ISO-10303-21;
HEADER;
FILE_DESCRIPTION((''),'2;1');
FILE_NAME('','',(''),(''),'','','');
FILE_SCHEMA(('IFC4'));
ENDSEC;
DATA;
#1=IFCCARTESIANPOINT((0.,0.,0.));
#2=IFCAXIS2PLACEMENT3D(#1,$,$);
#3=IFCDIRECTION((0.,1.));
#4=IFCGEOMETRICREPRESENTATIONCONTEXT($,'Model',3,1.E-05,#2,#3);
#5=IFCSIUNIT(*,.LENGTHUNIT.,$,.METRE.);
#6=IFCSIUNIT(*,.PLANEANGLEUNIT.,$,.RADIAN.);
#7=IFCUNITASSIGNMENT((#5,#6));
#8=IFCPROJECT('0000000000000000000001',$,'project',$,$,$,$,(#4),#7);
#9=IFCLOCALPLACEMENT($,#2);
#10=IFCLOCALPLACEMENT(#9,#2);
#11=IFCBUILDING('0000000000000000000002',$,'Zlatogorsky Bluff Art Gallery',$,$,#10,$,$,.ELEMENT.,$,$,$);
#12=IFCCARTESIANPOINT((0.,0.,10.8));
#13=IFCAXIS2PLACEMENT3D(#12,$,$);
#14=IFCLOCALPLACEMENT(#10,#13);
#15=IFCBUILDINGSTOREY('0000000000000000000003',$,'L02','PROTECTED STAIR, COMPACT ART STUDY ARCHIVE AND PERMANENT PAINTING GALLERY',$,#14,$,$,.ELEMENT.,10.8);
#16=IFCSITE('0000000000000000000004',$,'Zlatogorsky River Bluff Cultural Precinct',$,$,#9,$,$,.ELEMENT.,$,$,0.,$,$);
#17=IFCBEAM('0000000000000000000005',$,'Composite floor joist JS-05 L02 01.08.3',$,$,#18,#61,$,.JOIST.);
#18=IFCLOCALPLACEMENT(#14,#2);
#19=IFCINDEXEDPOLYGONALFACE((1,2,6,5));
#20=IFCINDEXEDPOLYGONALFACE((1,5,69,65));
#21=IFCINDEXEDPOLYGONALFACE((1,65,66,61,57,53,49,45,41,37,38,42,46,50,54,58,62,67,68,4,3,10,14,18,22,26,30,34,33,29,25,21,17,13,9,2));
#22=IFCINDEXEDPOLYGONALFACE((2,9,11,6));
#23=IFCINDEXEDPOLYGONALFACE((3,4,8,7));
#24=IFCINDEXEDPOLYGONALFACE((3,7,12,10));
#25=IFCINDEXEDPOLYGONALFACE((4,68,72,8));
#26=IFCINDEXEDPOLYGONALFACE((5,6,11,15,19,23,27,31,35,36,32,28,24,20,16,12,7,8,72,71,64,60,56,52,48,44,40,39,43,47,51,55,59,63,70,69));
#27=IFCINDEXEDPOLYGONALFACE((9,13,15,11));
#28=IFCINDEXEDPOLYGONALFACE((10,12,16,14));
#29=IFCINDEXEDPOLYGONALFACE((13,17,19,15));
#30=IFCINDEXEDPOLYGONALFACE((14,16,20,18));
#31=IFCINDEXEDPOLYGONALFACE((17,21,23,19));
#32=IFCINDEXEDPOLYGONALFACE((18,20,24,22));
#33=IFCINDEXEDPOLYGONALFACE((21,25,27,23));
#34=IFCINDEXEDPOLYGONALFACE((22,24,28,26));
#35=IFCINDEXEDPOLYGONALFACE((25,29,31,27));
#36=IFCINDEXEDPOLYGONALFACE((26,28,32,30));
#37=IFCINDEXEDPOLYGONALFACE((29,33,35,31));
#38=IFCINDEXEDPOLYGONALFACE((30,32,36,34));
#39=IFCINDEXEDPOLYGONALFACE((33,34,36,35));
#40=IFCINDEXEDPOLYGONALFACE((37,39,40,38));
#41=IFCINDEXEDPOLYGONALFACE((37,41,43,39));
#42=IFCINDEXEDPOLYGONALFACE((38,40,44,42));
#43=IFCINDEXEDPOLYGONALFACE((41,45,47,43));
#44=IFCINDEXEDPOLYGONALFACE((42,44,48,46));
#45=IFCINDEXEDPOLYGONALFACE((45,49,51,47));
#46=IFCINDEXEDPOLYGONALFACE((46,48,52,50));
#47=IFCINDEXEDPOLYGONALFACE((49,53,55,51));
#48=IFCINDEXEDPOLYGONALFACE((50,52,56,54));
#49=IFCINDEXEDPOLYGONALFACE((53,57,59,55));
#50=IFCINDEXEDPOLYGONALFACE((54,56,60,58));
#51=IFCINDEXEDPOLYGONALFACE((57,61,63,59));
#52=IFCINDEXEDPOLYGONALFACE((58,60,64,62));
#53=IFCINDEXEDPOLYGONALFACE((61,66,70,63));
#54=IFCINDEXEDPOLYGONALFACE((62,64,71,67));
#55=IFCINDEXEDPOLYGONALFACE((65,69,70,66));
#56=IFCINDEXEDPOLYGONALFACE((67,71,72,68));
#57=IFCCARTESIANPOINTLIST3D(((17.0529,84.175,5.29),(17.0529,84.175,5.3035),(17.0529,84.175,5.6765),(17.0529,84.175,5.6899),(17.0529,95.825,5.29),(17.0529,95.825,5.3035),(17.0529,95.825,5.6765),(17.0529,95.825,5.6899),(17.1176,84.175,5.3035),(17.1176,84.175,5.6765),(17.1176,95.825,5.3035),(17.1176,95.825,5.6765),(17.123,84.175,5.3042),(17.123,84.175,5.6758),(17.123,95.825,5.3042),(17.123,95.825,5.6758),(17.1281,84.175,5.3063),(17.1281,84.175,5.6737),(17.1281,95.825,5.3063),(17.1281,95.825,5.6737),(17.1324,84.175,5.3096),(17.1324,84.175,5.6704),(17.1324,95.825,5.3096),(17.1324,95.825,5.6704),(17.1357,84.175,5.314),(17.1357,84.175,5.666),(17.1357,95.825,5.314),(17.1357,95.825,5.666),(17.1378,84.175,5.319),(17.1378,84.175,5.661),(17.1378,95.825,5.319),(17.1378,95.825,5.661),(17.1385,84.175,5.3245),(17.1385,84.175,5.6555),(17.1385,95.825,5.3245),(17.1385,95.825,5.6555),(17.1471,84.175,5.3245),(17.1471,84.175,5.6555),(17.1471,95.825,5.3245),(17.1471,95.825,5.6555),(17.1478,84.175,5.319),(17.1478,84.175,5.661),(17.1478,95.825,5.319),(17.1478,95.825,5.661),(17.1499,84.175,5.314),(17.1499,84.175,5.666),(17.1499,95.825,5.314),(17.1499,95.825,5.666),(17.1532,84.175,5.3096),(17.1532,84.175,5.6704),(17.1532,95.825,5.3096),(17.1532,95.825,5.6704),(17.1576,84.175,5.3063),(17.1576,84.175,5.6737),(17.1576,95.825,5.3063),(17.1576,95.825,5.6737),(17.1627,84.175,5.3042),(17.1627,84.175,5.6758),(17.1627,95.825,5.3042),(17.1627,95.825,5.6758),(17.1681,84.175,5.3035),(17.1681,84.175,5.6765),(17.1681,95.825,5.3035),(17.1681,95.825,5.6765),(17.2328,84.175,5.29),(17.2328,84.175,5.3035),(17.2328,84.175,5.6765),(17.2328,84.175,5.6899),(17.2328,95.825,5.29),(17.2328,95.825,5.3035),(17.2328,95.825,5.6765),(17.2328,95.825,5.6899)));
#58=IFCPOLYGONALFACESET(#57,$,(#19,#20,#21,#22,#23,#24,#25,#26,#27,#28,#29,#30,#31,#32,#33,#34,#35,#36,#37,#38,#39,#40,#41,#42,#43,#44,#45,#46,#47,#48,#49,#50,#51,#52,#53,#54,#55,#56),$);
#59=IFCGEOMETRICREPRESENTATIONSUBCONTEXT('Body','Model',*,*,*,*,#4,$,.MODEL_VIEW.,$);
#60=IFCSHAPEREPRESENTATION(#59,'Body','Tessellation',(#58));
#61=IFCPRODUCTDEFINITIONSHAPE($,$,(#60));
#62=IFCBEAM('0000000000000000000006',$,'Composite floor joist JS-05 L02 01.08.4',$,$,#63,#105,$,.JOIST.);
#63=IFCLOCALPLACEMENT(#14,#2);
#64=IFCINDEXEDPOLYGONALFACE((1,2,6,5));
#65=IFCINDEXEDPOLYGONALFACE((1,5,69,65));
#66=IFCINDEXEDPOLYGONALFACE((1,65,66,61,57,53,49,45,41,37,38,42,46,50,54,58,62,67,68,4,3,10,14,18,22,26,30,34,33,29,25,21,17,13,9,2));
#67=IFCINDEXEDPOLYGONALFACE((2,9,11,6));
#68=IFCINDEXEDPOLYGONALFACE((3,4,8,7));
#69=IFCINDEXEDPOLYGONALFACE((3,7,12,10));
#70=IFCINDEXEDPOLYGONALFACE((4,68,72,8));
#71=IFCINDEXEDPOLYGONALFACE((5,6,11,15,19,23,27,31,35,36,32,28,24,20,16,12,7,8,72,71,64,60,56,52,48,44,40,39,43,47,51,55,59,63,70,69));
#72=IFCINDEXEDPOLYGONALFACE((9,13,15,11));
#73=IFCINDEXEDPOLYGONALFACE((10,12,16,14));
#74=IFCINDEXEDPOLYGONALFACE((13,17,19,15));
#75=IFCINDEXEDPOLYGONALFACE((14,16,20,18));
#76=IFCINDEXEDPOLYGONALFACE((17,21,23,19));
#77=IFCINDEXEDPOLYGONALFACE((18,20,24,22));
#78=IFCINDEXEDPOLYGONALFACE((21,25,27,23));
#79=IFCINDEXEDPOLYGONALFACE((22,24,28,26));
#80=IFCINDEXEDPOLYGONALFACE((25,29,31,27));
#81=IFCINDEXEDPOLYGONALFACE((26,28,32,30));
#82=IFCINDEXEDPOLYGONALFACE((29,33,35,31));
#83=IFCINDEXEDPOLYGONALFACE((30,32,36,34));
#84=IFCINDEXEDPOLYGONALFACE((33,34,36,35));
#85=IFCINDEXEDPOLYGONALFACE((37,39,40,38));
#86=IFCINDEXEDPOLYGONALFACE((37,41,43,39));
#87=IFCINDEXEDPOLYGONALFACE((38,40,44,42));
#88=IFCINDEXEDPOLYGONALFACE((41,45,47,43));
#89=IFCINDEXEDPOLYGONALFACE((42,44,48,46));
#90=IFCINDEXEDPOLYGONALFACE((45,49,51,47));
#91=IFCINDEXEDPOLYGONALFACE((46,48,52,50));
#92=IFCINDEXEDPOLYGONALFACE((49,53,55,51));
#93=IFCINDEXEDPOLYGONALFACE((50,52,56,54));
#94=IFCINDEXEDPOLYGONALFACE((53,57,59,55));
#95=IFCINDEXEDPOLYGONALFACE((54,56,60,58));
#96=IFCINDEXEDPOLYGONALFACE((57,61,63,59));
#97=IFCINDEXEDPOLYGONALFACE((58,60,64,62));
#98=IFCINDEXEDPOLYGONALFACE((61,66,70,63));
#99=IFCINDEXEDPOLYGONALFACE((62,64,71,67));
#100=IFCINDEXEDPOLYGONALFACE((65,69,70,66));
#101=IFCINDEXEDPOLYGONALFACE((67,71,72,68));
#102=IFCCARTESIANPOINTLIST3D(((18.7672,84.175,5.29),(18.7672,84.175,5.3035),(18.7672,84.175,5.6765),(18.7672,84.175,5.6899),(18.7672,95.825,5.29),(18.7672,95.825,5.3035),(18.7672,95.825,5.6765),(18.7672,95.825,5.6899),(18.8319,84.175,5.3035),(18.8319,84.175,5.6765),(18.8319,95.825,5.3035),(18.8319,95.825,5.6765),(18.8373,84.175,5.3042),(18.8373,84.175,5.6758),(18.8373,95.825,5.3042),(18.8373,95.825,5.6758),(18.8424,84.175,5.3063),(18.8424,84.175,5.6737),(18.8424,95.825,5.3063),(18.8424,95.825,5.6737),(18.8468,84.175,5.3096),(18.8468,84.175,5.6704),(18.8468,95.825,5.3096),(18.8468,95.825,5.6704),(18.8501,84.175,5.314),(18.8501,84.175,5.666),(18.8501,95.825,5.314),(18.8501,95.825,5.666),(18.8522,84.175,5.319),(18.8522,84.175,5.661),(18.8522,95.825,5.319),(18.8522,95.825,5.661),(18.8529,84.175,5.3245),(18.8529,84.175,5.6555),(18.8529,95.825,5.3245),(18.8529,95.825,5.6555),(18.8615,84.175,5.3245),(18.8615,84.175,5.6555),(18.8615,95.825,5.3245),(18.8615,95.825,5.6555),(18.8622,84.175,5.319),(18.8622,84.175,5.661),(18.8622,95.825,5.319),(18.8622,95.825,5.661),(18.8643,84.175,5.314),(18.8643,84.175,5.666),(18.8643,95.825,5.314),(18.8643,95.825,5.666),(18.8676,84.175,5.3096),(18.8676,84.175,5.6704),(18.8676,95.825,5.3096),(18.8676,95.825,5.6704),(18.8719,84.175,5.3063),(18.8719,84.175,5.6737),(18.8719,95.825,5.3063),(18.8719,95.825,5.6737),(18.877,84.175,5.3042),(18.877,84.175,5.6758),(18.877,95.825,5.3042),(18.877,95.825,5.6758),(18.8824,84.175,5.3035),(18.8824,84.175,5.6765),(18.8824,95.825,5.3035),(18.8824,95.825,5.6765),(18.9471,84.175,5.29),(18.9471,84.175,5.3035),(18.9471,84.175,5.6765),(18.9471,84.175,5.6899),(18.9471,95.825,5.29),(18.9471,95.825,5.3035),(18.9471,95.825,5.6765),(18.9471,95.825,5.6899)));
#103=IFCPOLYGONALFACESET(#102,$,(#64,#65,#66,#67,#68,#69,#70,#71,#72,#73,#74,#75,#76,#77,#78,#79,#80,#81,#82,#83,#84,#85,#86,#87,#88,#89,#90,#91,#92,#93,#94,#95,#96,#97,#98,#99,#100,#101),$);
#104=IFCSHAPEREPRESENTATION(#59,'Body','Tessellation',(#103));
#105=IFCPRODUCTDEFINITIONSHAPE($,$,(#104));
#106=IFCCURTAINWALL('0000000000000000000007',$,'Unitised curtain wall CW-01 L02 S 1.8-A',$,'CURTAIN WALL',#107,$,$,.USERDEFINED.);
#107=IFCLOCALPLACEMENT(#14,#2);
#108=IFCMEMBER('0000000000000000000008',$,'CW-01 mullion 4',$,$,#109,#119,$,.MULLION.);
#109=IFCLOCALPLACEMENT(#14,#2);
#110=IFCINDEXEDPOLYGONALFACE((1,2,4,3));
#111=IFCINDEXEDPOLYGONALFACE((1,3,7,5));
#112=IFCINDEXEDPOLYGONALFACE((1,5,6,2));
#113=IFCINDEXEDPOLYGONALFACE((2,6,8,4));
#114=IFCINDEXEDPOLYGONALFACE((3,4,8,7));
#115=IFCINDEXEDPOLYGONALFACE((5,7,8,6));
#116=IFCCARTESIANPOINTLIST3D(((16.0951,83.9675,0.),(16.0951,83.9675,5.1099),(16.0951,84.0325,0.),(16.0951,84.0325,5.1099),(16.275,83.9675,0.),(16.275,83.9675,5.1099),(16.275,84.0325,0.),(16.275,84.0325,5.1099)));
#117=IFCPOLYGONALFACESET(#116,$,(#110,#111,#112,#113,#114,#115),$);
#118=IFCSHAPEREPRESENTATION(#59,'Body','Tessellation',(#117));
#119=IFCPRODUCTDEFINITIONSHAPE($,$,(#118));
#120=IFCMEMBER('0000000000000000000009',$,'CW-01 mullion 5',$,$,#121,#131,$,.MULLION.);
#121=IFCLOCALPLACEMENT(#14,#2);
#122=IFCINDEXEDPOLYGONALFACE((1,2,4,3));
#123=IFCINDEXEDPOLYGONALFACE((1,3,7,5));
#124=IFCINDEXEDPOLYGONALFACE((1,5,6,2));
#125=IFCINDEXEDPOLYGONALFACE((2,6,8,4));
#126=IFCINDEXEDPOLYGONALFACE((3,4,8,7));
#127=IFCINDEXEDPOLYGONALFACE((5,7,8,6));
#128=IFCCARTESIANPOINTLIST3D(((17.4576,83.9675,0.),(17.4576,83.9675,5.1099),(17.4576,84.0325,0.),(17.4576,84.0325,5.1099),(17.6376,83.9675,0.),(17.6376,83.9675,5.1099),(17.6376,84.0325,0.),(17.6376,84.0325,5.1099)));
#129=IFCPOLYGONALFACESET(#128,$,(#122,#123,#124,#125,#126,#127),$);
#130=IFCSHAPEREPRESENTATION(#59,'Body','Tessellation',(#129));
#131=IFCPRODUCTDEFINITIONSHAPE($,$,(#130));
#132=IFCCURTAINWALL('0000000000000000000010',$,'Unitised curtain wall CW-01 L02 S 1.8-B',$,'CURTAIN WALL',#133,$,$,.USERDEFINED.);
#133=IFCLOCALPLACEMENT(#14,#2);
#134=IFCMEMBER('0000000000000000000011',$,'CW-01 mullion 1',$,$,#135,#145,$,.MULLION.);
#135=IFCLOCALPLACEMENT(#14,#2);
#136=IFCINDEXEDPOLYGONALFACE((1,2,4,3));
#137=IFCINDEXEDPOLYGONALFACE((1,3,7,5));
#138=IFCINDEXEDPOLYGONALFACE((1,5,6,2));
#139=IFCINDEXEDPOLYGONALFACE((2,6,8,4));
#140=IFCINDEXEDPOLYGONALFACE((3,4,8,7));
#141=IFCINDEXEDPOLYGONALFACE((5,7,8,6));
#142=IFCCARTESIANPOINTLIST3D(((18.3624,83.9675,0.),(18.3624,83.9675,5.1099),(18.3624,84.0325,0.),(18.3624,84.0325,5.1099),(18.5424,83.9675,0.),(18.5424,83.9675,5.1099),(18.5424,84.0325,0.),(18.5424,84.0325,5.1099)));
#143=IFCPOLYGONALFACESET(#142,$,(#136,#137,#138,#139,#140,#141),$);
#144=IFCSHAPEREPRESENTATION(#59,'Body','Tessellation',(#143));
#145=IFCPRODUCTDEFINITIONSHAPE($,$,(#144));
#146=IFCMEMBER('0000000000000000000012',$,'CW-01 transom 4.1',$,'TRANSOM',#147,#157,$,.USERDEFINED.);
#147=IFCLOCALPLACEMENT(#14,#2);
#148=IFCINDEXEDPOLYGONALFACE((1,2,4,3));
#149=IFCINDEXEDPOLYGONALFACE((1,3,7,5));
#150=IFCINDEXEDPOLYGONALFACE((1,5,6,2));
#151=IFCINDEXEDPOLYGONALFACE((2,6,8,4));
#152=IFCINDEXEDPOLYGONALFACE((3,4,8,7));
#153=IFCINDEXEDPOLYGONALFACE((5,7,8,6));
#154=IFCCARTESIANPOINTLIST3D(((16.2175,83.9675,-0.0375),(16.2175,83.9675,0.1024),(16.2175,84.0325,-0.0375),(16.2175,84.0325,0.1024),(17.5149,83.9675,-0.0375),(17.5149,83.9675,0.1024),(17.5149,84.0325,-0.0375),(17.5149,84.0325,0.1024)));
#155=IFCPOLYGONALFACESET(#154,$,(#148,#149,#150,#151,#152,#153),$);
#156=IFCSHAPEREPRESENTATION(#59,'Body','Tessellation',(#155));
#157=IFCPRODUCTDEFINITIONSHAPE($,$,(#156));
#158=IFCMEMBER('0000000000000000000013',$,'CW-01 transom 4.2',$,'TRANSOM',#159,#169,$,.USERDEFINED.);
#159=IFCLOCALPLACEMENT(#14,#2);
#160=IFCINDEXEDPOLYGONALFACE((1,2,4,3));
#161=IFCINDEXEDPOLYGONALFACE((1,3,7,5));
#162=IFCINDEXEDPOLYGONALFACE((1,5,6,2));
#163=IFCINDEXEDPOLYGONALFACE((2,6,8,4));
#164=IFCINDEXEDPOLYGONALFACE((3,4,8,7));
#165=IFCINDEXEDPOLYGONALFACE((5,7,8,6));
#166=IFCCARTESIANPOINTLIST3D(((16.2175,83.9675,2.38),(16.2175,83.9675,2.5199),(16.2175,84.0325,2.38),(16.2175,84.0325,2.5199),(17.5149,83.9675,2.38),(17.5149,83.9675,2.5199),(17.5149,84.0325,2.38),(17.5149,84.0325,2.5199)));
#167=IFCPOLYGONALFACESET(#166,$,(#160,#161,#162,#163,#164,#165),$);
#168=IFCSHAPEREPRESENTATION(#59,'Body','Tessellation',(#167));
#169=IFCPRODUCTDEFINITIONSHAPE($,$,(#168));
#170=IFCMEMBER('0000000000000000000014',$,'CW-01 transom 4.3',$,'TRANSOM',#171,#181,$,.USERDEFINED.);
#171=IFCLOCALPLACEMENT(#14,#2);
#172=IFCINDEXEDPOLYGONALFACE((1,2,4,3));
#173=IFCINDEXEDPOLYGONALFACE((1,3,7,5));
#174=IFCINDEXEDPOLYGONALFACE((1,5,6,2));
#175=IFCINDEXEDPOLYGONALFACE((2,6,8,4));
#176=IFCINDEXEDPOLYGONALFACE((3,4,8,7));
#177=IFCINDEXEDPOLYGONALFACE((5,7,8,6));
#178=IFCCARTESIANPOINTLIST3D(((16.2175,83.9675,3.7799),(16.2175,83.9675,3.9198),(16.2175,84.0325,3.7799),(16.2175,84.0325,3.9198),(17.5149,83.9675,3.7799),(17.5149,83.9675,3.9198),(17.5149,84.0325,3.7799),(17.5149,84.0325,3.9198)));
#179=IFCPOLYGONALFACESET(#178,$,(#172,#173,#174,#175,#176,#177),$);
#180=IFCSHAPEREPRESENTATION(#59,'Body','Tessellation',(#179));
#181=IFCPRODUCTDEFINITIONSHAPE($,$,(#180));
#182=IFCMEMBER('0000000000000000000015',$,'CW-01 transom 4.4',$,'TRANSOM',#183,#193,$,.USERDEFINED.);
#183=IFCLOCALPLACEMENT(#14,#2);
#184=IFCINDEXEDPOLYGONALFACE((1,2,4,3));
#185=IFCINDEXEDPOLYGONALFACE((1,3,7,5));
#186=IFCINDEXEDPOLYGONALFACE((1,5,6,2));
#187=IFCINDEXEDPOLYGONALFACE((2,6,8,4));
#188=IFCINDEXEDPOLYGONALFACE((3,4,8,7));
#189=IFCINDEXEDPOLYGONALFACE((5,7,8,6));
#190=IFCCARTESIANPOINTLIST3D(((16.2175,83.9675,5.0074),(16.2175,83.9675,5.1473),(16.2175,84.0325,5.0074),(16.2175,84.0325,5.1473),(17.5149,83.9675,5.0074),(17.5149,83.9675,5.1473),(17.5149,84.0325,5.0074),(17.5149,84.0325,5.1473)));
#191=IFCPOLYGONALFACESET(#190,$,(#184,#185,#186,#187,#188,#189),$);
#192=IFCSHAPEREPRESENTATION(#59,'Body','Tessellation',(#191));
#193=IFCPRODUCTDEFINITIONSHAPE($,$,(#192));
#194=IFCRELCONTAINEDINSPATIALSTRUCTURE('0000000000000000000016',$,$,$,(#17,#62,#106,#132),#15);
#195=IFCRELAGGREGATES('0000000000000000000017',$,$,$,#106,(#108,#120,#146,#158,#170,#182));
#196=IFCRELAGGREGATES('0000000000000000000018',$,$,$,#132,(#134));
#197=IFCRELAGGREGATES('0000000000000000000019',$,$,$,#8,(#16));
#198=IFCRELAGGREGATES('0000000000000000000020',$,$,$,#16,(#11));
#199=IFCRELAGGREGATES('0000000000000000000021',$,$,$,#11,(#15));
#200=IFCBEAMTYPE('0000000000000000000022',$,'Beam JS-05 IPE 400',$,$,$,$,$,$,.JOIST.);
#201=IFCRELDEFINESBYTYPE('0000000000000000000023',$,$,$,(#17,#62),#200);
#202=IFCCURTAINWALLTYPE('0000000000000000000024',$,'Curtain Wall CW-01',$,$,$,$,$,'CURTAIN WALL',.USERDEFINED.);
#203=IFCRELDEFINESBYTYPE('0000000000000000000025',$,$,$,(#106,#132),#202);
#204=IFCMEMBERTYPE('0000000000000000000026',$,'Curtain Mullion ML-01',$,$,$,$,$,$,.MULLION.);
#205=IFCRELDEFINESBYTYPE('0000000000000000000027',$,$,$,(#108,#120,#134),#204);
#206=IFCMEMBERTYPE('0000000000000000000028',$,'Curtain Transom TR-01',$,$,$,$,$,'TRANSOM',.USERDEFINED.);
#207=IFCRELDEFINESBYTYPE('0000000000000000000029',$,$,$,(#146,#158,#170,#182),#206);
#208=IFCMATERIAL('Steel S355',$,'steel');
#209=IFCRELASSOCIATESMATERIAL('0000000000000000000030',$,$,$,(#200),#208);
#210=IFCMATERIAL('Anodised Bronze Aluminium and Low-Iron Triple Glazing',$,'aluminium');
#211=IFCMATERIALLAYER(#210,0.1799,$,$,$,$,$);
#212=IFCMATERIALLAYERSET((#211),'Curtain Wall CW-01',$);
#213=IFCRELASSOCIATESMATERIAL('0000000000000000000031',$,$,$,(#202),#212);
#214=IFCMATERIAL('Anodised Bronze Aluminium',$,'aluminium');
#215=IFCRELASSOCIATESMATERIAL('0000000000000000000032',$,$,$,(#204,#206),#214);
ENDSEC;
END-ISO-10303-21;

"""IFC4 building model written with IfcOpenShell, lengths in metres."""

from ifc_helpers import new_model, si_unit, direction, frame, origin, origin_2d, place, context, subcontext, project, spatial, rectangle, i_section, extrude, material, layer, layer_set, material_profile, profile_set, type_object, element, aggregate, save


model = new_model("IFC4")

# Units and contexts
model_context = context("Model", 3, precision=1e-05, world=origin(), true_north=direction((0.0, 1.0)))
body_context = subcontext(model_context, "Body", "Model", "MODEL_VIEW")
ifc_project = project(units=[si_unit("LENGTHUNIT", "METRE"), si_unit("PLANEANGLEUNIT", "RADIAN")], contexts=[model_context])

# Site, building, storey
site_placement = place(None, origin())
site = spatial("IfcSite", under=ifc_project, at=site_placement, Name="Zlatogorsky River Bluff Cultural Precinct", CompositionType="ELEMENT", RefElevation=0.0)
building_placement = place(site_placement, origin())
building = spatial("IfcBuilding", under=site, at=building_placement, Name="Zlatogorsky Bluff Art Gallery", CompositionType="ELEMENT")
storey_placement = place(building_placement, frame((0.0, 0.0, 10.8)))
storey = spatial("IfcBuildingStorey", under=building, at=storey_placement, Name="L02", Description="PROTECTED STAIR, COMPACT ART STUDY ARCHIVE AND PERMANENT PAINTING GALLERY", CompositionType="ELEMENT", Elevation=10.8)

# Beams
ifc_material_1 = material(Name="Steel S355", Category="steel")
ifc_material_profile_1 = material_profile(ifc_material_1, i_section(OverallWidth=0.1799, OverallDepth=0.3999, WebThickness=0.0085, FlangeThickness=0.0134, FilletRadius=0.021, at=origin_2d()), Name="IPE 400")
ifc_profile_set_1 = profile_set([ifc_material_profile_1], Name="Steel S355")
beam_type = type_object("IfcBeamType", Name="Beam JS-05 IPE 400", PredefinedType="JOIST", material=ifc_profile_set_1)
for number, where, z_axis, x_axis, name in (
    (1, (17.1428, 84.175, 5.49), (0.0, 1.0, 0.0), (-1.0, 0.0, 0.0), "Composite floor joist JS-05 L02 01.08.3"),
    (2, (18.8572, 84.175, 5.49), (0.0, 1.0, 0.0), (-1.0, 0.0, 0.0), "Composite floor joist JS-05 L02 01.08.4"),
):
    element("IfcBeam", number, at=place(storey_placement, frame(where, z_axis=z_axis, x_axis=x_axis)), inside=storey, type_object=beam_type, Name=name, PredefinedType="JOIST", context=body_context, shape_type="SweptSolid", body=[
        extrude(i_section(OverallWidth=0.1799, OverallDepth=0.3999, WebThickness=0.0085, FlangeThickness=0.0134, FilletRadius=0.021, at=origin_2d()), origin(), (0.0, 0.0, 1.0), 11.6499),
    ])

# Curtain wall, members
ifc_material_2 = material(Name="Anodised Bronze Aluminium and Low-Iron Triple Glazing", Category="aluminium")
ifc_layer_1 = layer(ifc_material_2, 0.1799)
ifc_layer_set_1 = layer_set([ifc_layer_1], Name="Curtain Wall CW-01")
curtain_wall_type = type_object("IfcCurtainWallType", Name="Curtain Wall CW-01", ElementType="CURTAIN WALL", PredefinedType="USERDEFINED", material=ifc_layer_set_1)
curtain_wall_1_placement = place(storey_placement, origin())
curtain_wall_1 = element("IfcCurtainWall", 3, at=curtain_wall_1_placement, inside=storey, type_object=curtain_wall_type, Name="Unitised curtain wall CW-01 L02 S 1.8-A", ObjectType="CURTAIN WALL", PredefinedType="USERDEFINED")
ifc_material_3 = material(Name="Anodised Bronze Aluminium", Category="aluminium")
ifc_material_profile_2 = material_profile(ifc_material_3, rectangle(XDim=0.0649, YDim=0.1799, at=origin_2d()), Name="ALU MULLION 65x180")
ifc_profile_set_2 = profile_set([ifc_material_profile_2], Name="Anodised Bronze Aluminium")
member_type_1 = type_object("IfcMemberType", Name="Curtain Mullion ML-01", PredefinedType="MULLION", material=ifc_profile_set_2)
member_1_placement = place(storey_placement, frame((16.1851, 84.0, 0.0), z_axis=(0.0, 0.0, 1.0), x_axis=(0.0, 1.0, 0.0)))
member_1 = element("IfcMember", 4, at=member_1_placement, type_object=member_type_1, Name="CW-01 mullion 4", PredefinedType="MULLION", context=body_context, shape_type="SweptSolid", body=[
    extrude(rectangle(XDim=0.0649, YDim=0.1799, at=origin_2d()), origin(), (0.0, 0.0, 1.0), 5.1099),
])
member_2_placement = place(storey_placement, frame((17.5476, 84.0, 0.0), z_axis=(0.0, 0.0, 1.0), x_axis=(0.0, 1.0, 0.0)))
member_2 = element("IfcMember", 5, at=member_2_placement, type_object=member_type_1, Name="CW-01 mullion 5", PredefinedType="MULLION", context=body_context, shape_type="SweptSolid", body=[
    extrude(rectangle(XDim=0.0649, YDim=0.1799, at=origin_2d()), origin(), (0.0, 0.0, 1.0), 5.1099),
])

# Curtain wall, member
curtain_wall_2_placement = place(storey_placement, origin())
curtain_wall_2 = element("IfcCurtainWall", 6, at=curtain_wall_2_placement, inside=storey, type_object=curtain_wall_type, Name="Unitised curtain wall CW-01 L02 S 1.8-B", ObjectType="CURTAIN WALL", PredefinedType="USERDEFINED")
member_3_placement = place(storey_placement, frame((18.4524, 84.0, 0.0), z_axis=(0.0, 0.0, 1.0), x_axis=(0.0, 1.0, 0.0)))
member_3 = element("IfcMember", 7, at=member_3_placement, type_object=member_type_1, Name="CW-01 mullion 1", PredefinedType="MULLION", context=body_context, shape_type="SweptSolid", body=[
    extrude(rectangle(XDim=0.0649, YDim=0.1799, at=origin_2d()), origin(), (0.0, 0.0, 1.0), 5.1099),
])

# Members
ifc_material_profile_3 = material_profile(ifc_material_3, rectangle(XDim=0.0649, YDim=0.1399, at=origin_2d()), Name="ALU TRANSOM 65x140")
ifc_profile_set_3 = profile_set([ifc_material_profile_3], Name="Anodised Bronze Aluminium")
member_type_2 = type_object("IfcMemberType", Name="Curtain Transom TR-01", ElementType="TRANSOM", PredefinedType="USERDEFINED", material=ifc_profile_set_3)
member_4_placement = place(storey_placement, frame((16.2175, 84.0, 0.0325), z_axis=(1.0, 0.0, 0.0), x_axis=(0.0, 1.0, 0.0)))
member_4 = element("IfcMember", 8, at=member_4_placement, type_object=member_type_2, Name="CW-01 transom 4.1", ObjectType="TRANSOM", PredefinedType="USERDEFINED", context=body_context, shape_type="SweptSolid", body=[
    extrude(rectangle(XDim=0.0649, YDim=0.1399, at=origin_2d()), origin(), (0.0, 0.0, 1.0), 1.2974),
])
member_5_placement = place(storey_placement, frame((16.2175, 84.0, 2.45), z_axis=(1.0, 0.0, 0.0), x_axis=(0.0, 1.0, 0.0)))
member_5 = element("IfcMember", 9, at=member_5_placement, type_object=member_type_2, Name="CW-01 transom 4.2", ObjectType="TRANSOM", PredefinedType="USERDEFINED", context=body_context, shape_type="SweptSolid", body=[
    extrude(rectangle(XDim=0.0649, YDim=0.1399, at=origin_2d()), origin(), (0.0, 0.0, 1.0), 1.2974),
])
member_6_placement = place(storey_placement, frame((16.2175, 84.0, 3.8499), z_axis=(1.0, 0.0, 0.0), x_axis=(0.0, 1.0, 0.0)))
member_6 = element("IfcMember", 10, at=member_6_placement, type_object=member_type_2, Name="CW-01 transom 4.3", ObjectType="TRANSOM", PredefinedType="USERDEFINED", context=body_context, shape_type="SweptSolid", body=[
    extrude(rectangle(XDim=0.0649, YDim=0.1399, at=origin_2d()), origin(), (0.0, 0.0, 1.0), 1.2974),
])
member_7_placement = place(storey_placement, frame((16.2175, 84.0, 5.0774), z_axis=(1.0, 0.0, 0.0), x_axis=(0.0, 1.0, 0.0)))
member_7 = element("IfcMember", 11, at=member_7_placement, type_object=member_type_2, Name="CW-01 transom 4.4", ObjectType="TRANSOM", PredefinedType="USERDEFINED", context=body_context, shape_type="SweptSolid", body=[
    extrude(rectangle(XDim=0.0649, YDim=0.1399, at=origin_2d()), origin(), (0.0, 0.0, 1.0), 1.2974),
])

aggregate(curtain_wall_1, [member_1, member_2, member_4, member_5, member_6, member_7])
aggregate(curtain_wall_2, [member_3])

save(model, "model.ifc")
